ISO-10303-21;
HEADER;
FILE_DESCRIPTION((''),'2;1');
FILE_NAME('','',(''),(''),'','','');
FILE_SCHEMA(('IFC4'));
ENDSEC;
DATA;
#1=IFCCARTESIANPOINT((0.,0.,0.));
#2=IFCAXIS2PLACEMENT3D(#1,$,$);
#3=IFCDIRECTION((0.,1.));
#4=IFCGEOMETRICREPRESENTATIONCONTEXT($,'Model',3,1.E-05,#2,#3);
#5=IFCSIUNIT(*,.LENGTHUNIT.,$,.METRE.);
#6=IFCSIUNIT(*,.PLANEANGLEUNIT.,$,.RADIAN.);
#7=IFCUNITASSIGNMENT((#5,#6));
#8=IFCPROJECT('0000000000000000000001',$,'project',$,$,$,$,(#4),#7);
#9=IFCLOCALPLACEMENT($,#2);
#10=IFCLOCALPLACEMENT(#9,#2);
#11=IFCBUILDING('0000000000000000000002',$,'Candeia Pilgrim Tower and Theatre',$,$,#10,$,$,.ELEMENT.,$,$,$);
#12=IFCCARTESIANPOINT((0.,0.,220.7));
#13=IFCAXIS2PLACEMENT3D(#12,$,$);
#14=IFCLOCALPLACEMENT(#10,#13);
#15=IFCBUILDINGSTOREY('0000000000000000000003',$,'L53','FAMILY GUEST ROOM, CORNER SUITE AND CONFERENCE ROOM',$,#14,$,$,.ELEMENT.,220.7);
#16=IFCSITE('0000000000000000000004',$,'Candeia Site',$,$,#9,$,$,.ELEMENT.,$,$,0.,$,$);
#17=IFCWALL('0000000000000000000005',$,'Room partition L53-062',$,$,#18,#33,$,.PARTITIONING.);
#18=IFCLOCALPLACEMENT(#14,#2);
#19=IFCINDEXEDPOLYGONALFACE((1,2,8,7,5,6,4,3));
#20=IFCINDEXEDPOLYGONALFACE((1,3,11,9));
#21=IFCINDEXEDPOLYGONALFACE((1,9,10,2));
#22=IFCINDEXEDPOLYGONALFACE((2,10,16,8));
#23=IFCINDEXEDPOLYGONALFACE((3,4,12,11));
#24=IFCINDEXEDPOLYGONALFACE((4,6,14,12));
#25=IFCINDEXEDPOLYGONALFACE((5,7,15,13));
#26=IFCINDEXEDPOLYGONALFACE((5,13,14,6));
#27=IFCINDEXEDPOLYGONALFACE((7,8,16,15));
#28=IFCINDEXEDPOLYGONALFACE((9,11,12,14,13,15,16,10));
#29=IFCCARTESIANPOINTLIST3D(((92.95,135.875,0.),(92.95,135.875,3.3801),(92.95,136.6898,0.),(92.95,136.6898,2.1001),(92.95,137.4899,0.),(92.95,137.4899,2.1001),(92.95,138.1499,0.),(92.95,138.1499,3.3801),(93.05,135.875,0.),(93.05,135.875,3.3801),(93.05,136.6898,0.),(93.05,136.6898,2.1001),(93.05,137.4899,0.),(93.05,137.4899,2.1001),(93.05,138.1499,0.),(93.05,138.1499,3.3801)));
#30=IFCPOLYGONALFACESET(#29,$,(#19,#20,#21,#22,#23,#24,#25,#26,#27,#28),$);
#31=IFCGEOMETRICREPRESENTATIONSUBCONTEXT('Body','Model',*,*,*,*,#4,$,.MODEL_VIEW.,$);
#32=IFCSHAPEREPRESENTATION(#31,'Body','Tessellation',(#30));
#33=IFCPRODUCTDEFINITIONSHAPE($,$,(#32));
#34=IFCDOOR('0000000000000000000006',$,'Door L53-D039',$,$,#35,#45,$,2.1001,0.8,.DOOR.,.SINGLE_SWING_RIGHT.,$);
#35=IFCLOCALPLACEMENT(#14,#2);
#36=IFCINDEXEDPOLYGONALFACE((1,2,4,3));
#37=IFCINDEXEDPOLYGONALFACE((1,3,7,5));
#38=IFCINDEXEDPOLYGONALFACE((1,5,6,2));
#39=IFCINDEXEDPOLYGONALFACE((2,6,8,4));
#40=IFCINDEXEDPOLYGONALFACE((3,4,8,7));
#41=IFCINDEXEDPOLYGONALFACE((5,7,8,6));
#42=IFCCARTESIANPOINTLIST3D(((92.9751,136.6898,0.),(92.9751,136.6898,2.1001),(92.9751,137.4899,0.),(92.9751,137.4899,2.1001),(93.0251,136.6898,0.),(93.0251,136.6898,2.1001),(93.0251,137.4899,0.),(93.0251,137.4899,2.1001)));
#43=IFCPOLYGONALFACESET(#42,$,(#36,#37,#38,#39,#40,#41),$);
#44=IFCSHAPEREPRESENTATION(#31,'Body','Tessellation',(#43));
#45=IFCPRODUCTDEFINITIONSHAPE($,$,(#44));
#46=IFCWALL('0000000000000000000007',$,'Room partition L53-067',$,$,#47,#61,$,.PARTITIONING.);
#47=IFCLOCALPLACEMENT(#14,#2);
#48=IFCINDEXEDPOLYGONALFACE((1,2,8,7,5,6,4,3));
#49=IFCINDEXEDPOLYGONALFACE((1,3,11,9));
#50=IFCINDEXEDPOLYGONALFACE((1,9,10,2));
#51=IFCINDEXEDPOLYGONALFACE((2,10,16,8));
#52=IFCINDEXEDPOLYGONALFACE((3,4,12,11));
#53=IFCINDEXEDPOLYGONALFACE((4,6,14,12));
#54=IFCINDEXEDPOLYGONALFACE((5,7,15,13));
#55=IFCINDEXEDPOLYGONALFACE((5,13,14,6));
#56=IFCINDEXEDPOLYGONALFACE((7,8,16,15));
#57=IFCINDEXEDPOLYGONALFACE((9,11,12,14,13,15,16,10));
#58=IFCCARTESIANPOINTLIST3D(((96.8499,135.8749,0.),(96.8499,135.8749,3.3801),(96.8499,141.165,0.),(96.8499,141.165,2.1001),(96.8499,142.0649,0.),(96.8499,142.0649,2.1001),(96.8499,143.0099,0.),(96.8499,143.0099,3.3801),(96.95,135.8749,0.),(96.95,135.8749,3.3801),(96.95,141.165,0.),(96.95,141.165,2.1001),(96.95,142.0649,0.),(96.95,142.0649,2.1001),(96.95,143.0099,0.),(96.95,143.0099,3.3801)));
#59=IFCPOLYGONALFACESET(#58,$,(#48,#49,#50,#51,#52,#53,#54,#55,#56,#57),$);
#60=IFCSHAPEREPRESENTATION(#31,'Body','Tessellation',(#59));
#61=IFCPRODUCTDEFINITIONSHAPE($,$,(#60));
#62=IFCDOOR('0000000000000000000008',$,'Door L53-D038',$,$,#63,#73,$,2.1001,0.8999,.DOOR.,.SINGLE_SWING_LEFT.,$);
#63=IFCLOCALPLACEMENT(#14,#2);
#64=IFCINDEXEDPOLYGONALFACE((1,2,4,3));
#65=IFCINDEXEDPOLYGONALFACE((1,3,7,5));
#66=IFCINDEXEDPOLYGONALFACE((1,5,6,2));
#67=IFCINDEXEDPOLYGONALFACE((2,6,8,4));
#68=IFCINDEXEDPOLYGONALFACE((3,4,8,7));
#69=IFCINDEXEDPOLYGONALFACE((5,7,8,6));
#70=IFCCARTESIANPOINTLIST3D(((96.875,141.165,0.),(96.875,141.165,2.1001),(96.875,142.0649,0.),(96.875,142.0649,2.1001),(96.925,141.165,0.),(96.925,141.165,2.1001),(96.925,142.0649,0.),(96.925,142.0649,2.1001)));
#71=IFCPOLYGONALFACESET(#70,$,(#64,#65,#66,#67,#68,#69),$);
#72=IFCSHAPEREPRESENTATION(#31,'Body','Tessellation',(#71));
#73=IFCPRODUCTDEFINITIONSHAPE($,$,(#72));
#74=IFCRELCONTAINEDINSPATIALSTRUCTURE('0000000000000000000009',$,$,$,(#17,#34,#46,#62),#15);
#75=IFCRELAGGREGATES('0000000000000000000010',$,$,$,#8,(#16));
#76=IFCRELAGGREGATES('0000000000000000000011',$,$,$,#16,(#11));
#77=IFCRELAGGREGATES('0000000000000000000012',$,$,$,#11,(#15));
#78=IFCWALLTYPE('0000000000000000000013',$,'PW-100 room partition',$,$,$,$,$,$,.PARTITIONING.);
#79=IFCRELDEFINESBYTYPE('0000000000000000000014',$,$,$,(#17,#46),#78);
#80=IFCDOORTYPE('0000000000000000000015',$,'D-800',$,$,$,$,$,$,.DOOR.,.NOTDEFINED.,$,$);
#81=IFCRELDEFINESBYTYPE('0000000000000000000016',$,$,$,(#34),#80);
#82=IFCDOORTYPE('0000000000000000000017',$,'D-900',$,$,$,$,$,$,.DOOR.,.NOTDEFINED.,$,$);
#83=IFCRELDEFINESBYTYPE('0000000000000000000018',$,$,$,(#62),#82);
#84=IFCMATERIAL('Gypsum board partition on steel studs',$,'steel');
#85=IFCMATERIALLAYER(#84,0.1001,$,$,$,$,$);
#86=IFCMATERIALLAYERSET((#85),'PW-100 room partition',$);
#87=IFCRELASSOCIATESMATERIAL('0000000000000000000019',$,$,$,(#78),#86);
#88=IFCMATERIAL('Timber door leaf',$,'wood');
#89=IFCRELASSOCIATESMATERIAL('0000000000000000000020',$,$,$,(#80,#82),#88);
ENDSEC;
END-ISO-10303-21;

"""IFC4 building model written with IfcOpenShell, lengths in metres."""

from ifc_helpers import new_model, si_unit, direction, frame, frame_2d, origin, place, context, subcontext, project, spatial, rectangle, extrude, material, layer, layer_set, type_object, element, fill, save


model = new_model("IFC4")

# Units and contexts
model_context = context("Model", 3, precision=1e-05, world=origin(), true_north=direction((0.0, 1.0)))
body_context = subcontext(model_context, "Body", "Model", "MODEL_VIEW")
ifc_project = project(units=[si_unit("LENGTHUNIT", "METRE"), si_unit("PLANEANGLEUNIT", "RADIAN")], contexts=[model_context])

# Site, building, storey
site_placement = place(None, origin())
site = spatial("IfcSite", under=ifc_project, at=site_placement, Name="Candeia Site", CompositionType="ELEMENT", RefElevation=0.0)
building_placement = place(site_placement, origin())
building = spatial("IfcBuilding", under=site, at=building_placement, Name="Candeia Pilgrim Tower and Theatre", CompositionType="ELEMENT")
storey_placement = place(building_placement, frame((0.0, 0.0, 220.7)))
storey = spatial("IfcBuildingStorey", under=building, at=storey_placement, Name="L53", Description="FAMILY GUEST ROOM, CORNER SUITE AND CONFERENCE ROOM", CompositionType="ELEMENT", Elevation=220.7)

# Shared definitions
ifc_material_1 = material(Name="Gypsum board partition on steel studs", Category="steel")
ifc_layer_1 = layer(ifc_material_1, 0.1001)
ifc_layer_set_1 = layer_set([ifc_layer_1], Name="PW-100 room partition")
wall_type_1 = type_object("IfcWallType", Name="PW-100 room partition", PredefinedType="PARTITIONING", material=ifc_layer_set_1)

# Walls, openings, doors
wall_1_placement = place(storey_placement, frame((93.0, 135.875, 0.0), z_axis=(0.0, 0.0, 1.0), x_axis=(0.0, 1.0, 0.0)))
wall_1 = element("IfcWall", 1, at=wall_1_placement, inside=storey, type_object=wall_type_1, Name="Room partition L53-062", PredefinedType="PARTITIONING", context=body_context, shape_type="SweptSolid", body=[
    extrude(rectangle(XDim=2.2749, YDim=0.1001, at=frame_2d((1.1375, 0.0))), origin(), (0.0, 0.0, 1.0), 3.3801),
])
opening_1_placement = place(wall_1_placement, frame((0.8149, 0.0, 0.0)))
opening_1 = element("IfcOpeningElement", 2, at=opening_1_placement, cuts=wall_1, PredefinedType="OPENING", context=body_context, shape_type="SweptSolid", body=[
    extrude(rectangle(XDim=0.8, YDim=2.1001, at=frame_2d((0.3999, 1.05))), frame((0.0, 0.0601, 0.0), z_axis=(0.0, -1.0, 0.0), x_axis=(1.0, 0.0, 0.0)), (0.0, 0.0, 1.0), 0.1201),
])
ifc_material_2 = material(Name="Timber door leaf", Category="wood")
door_type_1 = type_object("IfcDoorType", Name="D-800", OperationType="NOTDEFINED", PredefinedType="DOOR", material=ifc_material_2)
door_1_placement = place(opening_1_placement, origin())
door_1 = element("IfcDoor", 3, at=door_1_placement, inside=storey, type_object=door_type_1, Name="Door L53-D039", OperationType="SINGLE_SWING_RIGHT", OverallHeight=2.1001, OverallWidth=0.8, PredefinedType="DOOR", context=body_context, shape_type="SweptSolid", body=[
    extrude(rectangle(XDim=0.8, YDim=2.1001, at=frame_2d((0.3999, 1.05))), frame((0.0, 0.0249, 0.0), z_axis=(0.0, -1.0, 0.0), x_axis=(1.0, 0.0, 0.0)), (0.0, 0.0, 1.0), 0.05),
])
fill(opening_1, door_1)
wall_2_placement = place(storey_placement, frame((96.8999, 135.875, 0.0), z_axis=(0.0, 0.0, 1.0), x_axis=(0.0, 1.0, 0.0)))
wall_2 = element("IfcWall", 4, at=wall_2_placement, inside=storey, type_object=wall_type_1, Name="Room partition L53-067", PredefinedType="PARTITIONING", context=body_context, shape_type="SweptSolid", body=[
    extrude(rectangle(XDim=7.135, YDim=0.1001, at=frame_2d((3.5674, 0.0))), origin(), (0.0, 0.0, 1.0), 3.3801),
])
opening_2_placement = place(wall_2_placement, frame((5.29, 0.0, 0.0)))
opening_2 = element("IfcOpeningElement", 5, at=opening_2_placement, cuts=wall_2, PredefinedType="OPENING", context=body_context, shape_type="SweptSolid", body=[
    extrude(rectangle(XDim=0.8999, YDim=2.1001, at=frame_2d((0.45, 1.05))), frame((0.0, 0.0601, 0.0), z_axis=(0.0, -1.0, 0.0), x_axis=(1.0, 0.0, 0.0)), (0.0, 0.0, 1.0), 0.1201),
])
door_type_2 = type_object("IfcDoorType", Name="D-900", OperationType="NOTDEFINED", PredefinedType="DOOR", material=ifc_material_2)
door_2_placement = place(opening_2_placement, origin())
door_2 = element("IfcDoor", 6, at=door_2_placement, inside=storey, type_object=door_type_2, Name="Door L53-D038", OperationType="SINGLE_SWING_LEFT", OverallHeight=2.1001, OverallWidth=0.8999, PredefinedType="DOOR", context=body_context, shape_type="SweptSolid", body=[
    extrude(rectangle(XDim=0.8999, YDim=2.1001, at=frame_2d((0.45, 1.05))), frame((0.0, 0.0249, 0.0), z_axis=(0.0, -1.0, 0.0), x_axis=(1.0, 0.0, 0.0)), (0.0, 0.0, 1.0), 0.05),
])
fill(opening_2, door_2)

save(model, "model.ifc")
